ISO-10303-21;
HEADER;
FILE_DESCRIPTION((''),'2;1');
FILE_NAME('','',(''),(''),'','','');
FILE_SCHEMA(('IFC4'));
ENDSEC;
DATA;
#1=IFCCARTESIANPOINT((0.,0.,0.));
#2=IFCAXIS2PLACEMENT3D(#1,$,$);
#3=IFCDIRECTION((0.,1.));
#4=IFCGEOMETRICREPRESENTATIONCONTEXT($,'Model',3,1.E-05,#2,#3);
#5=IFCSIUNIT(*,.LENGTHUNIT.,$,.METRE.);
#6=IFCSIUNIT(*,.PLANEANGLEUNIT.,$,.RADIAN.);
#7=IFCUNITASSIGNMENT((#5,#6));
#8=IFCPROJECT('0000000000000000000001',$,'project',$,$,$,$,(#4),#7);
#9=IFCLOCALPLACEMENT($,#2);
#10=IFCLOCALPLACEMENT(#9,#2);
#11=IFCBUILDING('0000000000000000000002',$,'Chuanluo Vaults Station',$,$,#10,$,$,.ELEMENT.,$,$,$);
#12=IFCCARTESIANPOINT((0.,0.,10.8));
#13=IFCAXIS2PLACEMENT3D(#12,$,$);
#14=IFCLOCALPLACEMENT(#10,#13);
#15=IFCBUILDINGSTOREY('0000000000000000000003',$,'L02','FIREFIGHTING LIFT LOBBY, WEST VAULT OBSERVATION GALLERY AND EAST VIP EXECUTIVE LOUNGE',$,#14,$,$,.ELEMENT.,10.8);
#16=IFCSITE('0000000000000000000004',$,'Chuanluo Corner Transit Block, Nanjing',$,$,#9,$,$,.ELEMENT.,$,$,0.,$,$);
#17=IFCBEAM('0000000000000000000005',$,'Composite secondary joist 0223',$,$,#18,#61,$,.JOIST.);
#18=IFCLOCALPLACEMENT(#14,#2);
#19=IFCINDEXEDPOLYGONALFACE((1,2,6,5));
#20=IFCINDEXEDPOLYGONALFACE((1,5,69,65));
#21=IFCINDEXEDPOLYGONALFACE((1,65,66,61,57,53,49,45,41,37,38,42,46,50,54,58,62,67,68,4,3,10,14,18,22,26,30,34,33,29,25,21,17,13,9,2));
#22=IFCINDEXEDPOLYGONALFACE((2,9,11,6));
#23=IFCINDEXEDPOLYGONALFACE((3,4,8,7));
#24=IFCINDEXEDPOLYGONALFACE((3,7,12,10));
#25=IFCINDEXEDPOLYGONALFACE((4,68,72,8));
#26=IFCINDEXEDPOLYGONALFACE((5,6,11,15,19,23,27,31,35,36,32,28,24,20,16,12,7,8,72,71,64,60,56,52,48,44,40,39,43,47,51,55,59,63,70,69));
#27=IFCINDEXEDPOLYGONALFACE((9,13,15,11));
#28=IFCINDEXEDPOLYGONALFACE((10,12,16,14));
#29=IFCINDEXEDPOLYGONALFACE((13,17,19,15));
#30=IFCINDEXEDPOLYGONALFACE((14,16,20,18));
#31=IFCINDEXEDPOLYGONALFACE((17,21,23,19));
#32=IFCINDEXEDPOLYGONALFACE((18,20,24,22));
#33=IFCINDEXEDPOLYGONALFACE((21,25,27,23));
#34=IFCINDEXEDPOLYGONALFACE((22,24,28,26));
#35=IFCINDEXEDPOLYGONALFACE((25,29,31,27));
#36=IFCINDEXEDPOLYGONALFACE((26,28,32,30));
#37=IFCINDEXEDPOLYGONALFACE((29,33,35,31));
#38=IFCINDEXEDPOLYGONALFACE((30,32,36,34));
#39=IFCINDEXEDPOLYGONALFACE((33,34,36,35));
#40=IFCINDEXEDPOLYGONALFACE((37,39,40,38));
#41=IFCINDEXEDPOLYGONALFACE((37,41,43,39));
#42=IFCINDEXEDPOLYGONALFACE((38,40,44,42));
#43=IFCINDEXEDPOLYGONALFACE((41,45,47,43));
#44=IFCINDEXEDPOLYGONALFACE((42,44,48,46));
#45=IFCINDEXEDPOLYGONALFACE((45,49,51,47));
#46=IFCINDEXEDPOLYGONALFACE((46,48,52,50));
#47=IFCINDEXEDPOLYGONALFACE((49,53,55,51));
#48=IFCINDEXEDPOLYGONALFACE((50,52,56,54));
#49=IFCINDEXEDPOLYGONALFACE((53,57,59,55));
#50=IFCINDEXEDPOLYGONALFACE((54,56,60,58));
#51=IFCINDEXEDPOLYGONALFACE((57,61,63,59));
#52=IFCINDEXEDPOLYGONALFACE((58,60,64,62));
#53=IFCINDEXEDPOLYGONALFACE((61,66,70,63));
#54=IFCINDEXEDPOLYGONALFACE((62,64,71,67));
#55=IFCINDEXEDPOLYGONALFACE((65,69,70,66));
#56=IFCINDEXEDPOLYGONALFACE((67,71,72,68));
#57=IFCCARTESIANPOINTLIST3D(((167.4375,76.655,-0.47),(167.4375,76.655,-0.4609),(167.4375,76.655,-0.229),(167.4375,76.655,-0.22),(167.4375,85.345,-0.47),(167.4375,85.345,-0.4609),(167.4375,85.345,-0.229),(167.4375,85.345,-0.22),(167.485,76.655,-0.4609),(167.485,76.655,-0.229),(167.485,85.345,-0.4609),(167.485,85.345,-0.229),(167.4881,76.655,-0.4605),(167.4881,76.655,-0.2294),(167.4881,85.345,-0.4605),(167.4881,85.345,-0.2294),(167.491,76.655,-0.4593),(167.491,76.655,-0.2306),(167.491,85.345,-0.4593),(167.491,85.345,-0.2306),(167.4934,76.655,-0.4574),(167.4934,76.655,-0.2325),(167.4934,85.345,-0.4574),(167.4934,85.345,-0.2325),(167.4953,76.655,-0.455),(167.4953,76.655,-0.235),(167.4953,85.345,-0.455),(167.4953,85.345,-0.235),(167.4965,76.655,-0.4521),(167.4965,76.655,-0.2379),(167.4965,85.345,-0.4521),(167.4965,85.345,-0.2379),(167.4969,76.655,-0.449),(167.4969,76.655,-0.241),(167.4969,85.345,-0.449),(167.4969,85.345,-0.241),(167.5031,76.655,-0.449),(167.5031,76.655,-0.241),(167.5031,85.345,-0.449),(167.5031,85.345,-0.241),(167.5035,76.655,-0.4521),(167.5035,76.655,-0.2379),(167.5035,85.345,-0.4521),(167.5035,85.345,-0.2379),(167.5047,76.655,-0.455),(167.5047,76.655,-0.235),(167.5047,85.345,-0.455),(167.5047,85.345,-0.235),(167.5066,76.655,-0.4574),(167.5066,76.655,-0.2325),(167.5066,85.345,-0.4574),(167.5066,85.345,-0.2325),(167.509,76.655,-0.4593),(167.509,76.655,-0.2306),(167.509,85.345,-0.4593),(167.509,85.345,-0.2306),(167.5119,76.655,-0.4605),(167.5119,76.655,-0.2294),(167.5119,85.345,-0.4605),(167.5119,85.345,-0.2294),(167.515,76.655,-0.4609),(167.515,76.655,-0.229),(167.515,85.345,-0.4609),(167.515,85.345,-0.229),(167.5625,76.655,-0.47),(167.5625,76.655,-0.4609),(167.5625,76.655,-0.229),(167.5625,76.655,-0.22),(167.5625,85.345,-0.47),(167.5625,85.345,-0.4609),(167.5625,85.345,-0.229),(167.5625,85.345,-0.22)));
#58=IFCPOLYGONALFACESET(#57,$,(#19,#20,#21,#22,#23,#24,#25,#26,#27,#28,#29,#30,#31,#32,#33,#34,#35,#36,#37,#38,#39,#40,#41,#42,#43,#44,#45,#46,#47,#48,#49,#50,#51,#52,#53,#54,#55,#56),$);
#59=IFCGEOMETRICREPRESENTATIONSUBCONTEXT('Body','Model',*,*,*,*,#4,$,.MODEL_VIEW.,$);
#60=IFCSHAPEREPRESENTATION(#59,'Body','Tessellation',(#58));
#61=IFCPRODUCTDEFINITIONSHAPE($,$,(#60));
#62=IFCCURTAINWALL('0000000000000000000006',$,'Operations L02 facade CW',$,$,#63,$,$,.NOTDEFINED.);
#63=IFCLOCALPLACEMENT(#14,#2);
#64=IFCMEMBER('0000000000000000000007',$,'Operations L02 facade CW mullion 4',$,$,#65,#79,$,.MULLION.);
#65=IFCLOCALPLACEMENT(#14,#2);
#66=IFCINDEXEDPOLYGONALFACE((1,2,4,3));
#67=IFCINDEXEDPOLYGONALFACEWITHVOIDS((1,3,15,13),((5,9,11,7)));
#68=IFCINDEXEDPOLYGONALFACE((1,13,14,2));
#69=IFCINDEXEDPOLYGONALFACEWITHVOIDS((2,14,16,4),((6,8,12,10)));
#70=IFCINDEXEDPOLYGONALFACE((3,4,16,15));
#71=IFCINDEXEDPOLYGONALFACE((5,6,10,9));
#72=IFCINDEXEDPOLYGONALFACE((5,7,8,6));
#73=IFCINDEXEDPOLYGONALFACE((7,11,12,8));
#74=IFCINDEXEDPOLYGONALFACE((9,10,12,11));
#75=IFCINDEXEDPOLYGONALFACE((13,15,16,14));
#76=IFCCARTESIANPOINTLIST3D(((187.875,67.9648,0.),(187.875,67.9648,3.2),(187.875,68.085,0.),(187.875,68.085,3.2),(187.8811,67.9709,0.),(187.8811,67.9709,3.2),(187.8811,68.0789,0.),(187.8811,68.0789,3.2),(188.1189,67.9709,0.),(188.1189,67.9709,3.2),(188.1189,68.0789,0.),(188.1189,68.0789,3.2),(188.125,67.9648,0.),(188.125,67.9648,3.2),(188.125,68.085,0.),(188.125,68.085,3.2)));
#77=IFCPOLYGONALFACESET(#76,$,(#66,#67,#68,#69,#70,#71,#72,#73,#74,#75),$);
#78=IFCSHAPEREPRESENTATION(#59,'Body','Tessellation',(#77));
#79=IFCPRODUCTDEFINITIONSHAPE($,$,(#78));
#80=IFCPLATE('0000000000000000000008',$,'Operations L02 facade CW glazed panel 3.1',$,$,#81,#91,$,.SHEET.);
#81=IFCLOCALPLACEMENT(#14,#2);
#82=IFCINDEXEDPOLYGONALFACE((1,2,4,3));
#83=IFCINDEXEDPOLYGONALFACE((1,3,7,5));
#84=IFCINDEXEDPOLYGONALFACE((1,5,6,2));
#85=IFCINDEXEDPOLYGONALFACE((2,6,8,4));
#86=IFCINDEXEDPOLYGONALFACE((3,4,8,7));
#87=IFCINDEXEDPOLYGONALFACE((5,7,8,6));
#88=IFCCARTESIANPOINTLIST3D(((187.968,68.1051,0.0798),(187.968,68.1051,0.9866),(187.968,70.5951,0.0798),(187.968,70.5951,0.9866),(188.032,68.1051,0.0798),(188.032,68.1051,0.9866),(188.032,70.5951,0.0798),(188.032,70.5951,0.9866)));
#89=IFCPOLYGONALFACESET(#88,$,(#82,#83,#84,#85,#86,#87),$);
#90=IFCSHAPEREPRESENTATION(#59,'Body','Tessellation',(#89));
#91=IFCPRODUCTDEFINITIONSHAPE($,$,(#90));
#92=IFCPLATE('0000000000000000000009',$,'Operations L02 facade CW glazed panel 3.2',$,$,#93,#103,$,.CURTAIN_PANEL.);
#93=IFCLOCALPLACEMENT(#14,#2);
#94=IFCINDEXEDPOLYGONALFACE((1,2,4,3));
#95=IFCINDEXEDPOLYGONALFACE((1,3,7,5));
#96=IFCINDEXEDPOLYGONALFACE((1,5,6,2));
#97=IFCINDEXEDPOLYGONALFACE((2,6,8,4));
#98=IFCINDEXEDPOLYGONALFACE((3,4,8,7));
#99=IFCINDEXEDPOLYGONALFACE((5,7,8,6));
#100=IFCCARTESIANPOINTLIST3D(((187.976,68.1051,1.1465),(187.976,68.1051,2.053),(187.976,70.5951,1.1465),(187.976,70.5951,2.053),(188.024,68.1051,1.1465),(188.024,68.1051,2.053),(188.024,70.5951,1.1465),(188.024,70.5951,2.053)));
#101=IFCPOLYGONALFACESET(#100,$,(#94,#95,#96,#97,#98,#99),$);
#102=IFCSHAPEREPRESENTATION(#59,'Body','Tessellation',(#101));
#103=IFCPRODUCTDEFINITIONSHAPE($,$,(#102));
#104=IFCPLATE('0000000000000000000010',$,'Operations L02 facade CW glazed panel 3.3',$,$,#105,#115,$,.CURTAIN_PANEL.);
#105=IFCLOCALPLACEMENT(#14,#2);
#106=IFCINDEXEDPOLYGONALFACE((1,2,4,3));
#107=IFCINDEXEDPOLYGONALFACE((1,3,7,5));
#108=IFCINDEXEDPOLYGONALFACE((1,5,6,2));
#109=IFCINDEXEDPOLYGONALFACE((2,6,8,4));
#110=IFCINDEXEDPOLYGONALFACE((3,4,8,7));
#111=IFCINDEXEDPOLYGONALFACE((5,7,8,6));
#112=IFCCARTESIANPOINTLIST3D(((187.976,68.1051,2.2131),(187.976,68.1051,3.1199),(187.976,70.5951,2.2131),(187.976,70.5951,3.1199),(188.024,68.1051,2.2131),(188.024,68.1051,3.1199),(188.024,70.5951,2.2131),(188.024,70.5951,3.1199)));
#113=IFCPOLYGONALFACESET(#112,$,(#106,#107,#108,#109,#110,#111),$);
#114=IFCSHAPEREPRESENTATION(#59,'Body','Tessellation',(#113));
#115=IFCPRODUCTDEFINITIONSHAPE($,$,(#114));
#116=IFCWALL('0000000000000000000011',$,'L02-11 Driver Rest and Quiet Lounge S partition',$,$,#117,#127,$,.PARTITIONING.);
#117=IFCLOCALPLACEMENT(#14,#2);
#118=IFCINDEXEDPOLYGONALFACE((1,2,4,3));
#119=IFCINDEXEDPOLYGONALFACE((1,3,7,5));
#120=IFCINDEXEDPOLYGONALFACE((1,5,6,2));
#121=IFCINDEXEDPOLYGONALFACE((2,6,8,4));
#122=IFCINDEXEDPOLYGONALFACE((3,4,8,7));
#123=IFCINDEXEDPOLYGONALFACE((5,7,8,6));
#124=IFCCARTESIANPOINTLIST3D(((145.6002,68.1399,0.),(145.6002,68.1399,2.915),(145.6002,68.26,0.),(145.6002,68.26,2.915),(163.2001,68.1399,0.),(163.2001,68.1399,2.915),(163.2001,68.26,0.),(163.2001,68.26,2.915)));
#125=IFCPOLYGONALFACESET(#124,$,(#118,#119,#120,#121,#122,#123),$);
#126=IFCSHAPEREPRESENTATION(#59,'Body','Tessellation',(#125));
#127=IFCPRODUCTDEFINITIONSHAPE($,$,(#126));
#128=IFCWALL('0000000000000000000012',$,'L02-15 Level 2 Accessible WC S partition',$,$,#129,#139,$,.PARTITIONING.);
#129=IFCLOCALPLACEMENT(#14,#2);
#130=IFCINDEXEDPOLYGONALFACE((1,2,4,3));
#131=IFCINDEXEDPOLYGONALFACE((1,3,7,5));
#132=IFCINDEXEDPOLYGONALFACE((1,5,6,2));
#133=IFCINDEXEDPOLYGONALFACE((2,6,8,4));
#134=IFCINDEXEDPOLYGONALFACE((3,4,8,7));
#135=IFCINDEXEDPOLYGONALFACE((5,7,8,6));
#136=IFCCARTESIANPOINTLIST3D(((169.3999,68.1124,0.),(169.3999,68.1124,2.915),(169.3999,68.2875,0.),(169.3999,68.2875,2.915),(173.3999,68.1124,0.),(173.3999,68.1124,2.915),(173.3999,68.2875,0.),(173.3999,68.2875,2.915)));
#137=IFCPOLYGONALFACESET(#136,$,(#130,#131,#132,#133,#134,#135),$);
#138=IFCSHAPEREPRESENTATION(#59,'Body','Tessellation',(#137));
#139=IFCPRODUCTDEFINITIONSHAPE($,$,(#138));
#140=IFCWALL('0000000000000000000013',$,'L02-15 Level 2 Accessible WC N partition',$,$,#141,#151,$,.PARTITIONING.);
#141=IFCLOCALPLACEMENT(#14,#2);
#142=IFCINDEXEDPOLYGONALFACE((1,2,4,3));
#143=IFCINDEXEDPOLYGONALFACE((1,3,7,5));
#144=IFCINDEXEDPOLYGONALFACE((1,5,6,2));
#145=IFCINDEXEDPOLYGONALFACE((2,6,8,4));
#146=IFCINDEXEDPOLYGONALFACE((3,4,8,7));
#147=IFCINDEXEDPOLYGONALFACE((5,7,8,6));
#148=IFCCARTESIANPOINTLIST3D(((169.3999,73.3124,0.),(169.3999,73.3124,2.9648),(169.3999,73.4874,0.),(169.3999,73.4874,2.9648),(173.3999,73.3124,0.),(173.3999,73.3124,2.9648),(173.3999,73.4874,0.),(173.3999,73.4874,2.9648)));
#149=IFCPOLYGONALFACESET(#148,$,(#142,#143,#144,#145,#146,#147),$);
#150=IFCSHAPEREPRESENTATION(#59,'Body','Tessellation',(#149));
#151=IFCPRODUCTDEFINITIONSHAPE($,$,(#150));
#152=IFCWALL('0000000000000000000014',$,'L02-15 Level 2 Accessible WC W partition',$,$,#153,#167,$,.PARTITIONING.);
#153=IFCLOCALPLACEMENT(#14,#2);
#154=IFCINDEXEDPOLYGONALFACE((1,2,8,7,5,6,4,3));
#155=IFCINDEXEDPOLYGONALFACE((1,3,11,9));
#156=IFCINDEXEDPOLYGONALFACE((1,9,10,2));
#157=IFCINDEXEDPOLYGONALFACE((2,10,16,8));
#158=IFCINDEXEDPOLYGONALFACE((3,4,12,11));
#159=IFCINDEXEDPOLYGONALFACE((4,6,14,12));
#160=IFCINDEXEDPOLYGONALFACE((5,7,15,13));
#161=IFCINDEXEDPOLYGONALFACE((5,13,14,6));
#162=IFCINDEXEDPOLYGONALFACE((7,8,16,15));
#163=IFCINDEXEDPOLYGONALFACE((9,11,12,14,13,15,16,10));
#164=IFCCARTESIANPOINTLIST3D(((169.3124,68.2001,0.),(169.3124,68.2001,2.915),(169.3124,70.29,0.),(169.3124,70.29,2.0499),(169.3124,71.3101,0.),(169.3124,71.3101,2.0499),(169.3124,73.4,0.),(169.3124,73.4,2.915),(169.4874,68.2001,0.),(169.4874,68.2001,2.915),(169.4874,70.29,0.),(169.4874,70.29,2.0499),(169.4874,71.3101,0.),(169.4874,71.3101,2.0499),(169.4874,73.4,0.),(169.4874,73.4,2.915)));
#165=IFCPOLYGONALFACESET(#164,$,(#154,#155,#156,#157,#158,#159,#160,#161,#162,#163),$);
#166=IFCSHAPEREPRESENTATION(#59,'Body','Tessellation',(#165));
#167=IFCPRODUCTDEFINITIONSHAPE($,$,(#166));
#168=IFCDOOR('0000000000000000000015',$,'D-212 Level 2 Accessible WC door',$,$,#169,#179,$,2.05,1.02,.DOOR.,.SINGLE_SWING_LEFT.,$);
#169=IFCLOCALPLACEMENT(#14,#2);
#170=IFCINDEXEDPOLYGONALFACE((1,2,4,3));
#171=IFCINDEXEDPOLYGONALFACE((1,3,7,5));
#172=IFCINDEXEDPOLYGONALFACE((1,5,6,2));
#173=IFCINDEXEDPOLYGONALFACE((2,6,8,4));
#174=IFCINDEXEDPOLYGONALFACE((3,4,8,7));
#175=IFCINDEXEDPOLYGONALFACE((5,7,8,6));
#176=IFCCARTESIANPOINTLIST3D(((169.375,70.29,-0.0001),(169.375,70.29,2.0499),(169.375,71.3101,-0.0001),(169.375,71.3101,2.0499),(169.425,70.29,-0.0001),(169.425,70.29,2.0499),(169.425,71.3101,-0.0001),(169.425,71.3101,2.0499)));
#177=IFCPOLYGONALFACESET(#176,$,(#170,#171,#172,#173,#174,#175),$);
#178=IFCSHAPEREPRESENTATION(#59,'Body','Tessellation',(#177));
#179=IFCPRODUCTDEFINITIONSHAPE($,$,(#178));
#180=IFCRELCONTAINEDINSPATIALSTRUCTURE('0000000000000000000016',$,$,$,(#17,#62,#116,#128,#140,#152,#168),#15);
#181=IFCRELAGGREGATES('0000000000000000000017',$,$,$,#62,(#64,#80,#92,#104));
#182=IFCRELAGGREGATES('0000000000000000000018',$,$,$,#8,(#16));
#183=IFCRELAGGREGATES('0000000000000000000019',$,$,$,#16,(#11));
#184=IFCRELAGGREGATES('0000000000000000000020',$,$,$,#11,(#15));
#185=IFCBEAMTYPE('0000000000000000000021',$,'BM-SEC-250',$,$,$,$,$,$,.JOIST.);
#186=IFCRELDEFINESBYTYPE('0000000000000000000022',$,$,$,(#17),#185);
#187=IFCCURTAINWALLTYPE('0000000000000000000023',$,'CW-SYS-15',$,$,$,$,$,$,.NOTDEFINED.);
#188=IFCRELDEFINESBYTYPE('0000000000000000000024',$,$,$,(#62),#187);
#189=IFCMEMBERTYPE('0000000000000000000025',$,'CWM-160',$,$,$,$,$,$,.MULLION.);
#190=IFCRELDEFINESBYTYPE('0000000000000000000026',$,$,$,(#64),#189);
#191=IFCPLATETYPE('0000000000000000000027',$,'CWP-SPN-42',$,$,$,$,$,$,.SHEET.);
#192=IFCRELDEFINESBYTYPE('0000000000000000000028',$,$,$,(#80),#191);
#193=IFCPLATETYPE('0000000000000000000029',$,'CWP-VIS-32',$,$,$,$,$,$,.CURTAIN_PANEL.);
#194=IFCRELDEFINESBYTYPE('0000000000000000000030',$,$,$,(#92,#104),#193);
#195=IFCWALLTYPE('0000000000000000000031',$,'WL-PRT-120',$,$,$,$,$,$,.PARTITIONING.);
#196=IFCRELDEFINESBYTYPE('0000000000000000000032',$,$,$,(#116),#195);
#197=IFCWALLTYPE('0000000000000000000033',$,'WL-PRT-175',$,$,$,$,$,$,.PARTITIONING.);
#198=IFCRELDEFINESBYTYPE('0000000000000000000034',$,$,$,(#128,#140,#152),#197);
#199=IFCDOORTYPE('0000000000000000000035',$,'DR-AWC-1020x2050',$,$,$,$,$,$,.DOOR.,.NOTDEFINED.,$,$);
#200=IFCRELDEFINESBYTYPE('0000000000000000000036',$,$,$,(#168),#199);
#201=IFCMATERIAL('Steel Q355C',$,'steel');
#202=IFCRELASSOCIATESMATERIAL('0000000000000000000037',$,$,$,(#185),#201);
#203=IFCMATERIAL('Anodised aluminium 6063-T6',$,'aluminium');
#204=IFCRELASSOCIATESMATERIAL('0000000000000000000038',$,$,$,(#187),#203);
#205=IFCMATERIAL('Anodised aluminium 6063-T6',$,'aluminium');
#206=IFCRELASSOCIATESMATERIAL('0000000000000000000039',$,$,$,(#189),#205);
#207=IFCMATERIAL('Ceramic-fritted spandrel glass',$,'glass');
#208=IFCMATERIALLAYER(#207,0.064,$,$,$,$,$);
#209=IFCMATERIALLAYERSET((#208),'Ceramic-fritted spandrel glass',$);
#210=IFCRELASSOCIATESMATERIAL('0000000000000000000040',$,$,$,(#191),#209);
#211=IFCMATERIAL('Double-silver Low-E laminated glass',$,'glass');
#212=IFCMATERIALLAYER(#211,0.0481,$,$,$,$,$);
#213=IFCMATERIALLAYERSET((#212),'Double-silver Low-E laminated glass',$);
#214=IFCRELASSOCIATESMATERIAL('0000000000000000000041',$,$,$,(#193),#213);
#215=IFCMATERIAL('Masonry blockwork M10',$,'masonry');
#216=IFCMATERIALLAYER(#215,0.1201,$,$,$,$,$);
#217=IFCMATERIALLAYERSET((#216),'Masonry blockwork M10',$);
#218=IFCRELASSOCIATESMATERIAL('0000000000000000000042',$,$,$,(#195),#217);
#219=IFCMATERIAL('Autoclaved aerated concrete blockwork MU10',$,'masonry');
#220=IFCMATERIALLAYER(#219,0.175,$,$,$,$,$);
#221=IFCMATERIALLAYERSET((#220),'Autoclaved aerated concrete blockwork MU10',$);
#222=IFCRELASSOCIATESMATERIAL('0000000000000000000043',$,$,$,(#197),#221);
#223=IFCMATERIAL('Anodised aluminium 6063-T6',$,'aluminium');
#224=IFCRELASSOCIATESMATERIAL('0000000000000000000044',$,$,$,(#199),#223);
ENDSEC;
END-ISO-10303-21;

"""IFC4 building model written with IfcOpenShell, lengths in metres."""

from ifc_helpers import new_model, si_unit, direction, frame, frame_2d, origin, origin_2d, place, context, subcontext, project, spatial, rectangle, hollow_rectangle, i_section, extrude, material, layer, layer_set, material_profile, profile_set, type_object, element, fill, aggregate, save


model = new_model("IFC4")

# Units and contexts
model_context = context("Model", 3, precision=1e-05, world=origin(), true_north=direction((0.0, 1.0)))
body_context = subcontext(model_context, "Body", "Model", "MODEL_VIEW")
ifc_project = project(units=[si_unit("LENGTHUNIT", "METRE"), si_unit("PLANEANGLEUNIT", "RADIAN")], contexts=[model_context])

# Site, building, storey
site_placement = place(None, origin())
site = spatial("IfcSite", under=ifc_project, at=site_placement, Name="Chuanluo Corner Transit Block, Nanjing", CompositionType="ELEMENT", RefElevation=0.0)
building_placement = place(site_placement, origin())
building = spatial("IfcBuilding", under=site, at=building_placement, Name="Chuanluo Vaults Station", CompositionType="ELEMENT")
storey_placement = place(building_placement, frame((0.0, 0.0, 10.8)))
storey = spatial("IfcBuildingStorey", under=building, at=storey_placement, Name="L02", Description="FIREFIGHTING LIFT LOBBY, WEST VAULT OBSERVATION GALLERY AND EAST VIP EXECUTIVE LOUNGE", CompositionType="ELEMENT", Elevation=10.8)

# Beam
ifc_material_1 = material(Name="Steel Q355C", Category="steel")
ifc_material_profile_1 = material_profile(ifc_material_1, i_section(OverallWidth=0.125, OverallDepth=0.25, WebThickness=0.0061, FlangeThickness=0.009, FilletRadius=0.012, at=origin_2d()))
ifc_profile_set_1 = profile_set([ifc_material_profile_1], Name="Steel Q355C")
beam_type_1 = type_object("IfcBeamType", Name="BM-SEC-250", PredefinedType="JOIST", material=ifc_profile_set_1)
for number, where, z_axis, x_axis, name in (
    (1, (167.5, 76.655, -0.345), (0.0, 1.0, 0.0), (-1.0, 0.0, 0.0), "Composite secondary joist 0223"),
):
    element("IfcBeam", number, at=place(storey_placement, frame(where, z_axis=z_axis, x_axis=x_axis)), inside=storey, type_object=beam_type_1, Name=name, PredefinedType="JOIST", context=body_context, shape_type="SweptSolid", body=[
        extrude(i_section(OverallWidth=0.125, OverallDepth=0.25, WebThickness=0.0061, FlangeThickness=0.009, FilletRadius=0.012, at=origin_2d()), origin(), (0.0, 0.0, 1.0), 8.6899),
    ])

# Curtain wall, member, plates
ifc_material_2 = material(Name="Anodised aluminium 6063-T6", Category="aluminium")
curtain_wall_type = type_object("IfcCurtainWallType", Name="CW-SYS-15", PredefinedType="NOTDEFINED", material=ifc_material_2)
curtain_wall_placement = place(storey_placement, origin())
curtain_wall = element("IfcCurtainWall", 2, at=curtain_wall_placement, inside=storey, type_object=curtain_wall_type, Name="Operations L02 facade CW", PredefinedType="NOTDEFINED")
ifc_material_3 = material(Name="Anodised aluminium 6063-T6", Category="aluminium")
ifc_material_profile_2 = material_profile(ifc_material_3, hollow_rectangle(XDim=0.1201, YDim=0.25, WallThickness=0.0061, at=origin_2d()))
ifc_profile_set_2 = profile_set([ifc_material_profile_2], Name="Anodised aluminium 6063-T6")
member_type = type_object("IfcMemberType", Name="CWM-160", PredefinedType="MULLION", material=ifc_profile_set_2)
member_placement = place(storey_placement, frame((188.0, 68.0249, 0.0), z_axis=(0.0, 0.0, 1.0), x_axis=(0.0, -1.0, 0.0)))
member = element("IfcMember", 3, at=member_placement, type_object=member_type, Name="Operations L02 facade CW mullion 4", PredefinedType="MULLION", context=body_context, shape_type="SweptSolid", body=[
    extrude(hollow_rectangle(XDim=0.1201, YDim=0.25, WallThickness=0.0061, at=origin_2d()), origin(), (0.0, 0.0, 1.0), 3.2),
])
ifc_material_4 = material(Name="Ceramic-fritted spandrel glass", Category="glass")
ifc_layer_1 = layer(ifc_material_4, 0.064)
ifc_layer_set_1 = layer_set([ifc_layer_1], Name="Ceramic-fritted spandrel glass")
plate_type_1 = type_object("IfcPlateType", Name="CWP-SPN-42", PredefinedType="SHEET", material=ifc_layer_set_1)
plate_1_placement = place(storey_placement, frame((188.0, 69.3501, 0.0798), z_axis=(0.0, 0.0, 1.0), x_axis=(0.0, -1.0, 0.0)))
plate_1 = element("IfcPlate", 4, at=plate_1_placement, type_object=plate_type_1, Name="Operations L02 facade CW glazed panel 3.1", PredefinedType="SHEET", context=body_context, shape_type="SweptSolid", body=[
    extrude(rectangle(XDim=2.49, YDim=0.064, at=origin_2d()), origin(), (0.0, 0.0, 1.0), 0.9067),
])
ifc_material_5 = material(Name="Double-silver Low-E laminated glass", Category="glass")
ifc_layer_2 = layer(ifc_material_5, 0.0481)
ifc_layer_set_2 = layer_set([ifc_layer_2], Name="Double-silver Low-E laminated glass")
plate_type_2 = type_object("IfcPlateType", Name="CWP-VIS-32", PredefinedType="CURTAIN_PANEL", material=ifc_layer_set_2)
plate_2_placement = place(storey_placement, frame((188.0, 69.3501, 1.1465), z_axis=(0.0, 0.0, 1.0), x_axis=(0.0, -1.0, 0.0)))
plate_2 = element("IfcPlate", 5, at=plate_2_placement, type_object=plate_type_2, Name="Operations L02 facade CW glazed panel 3.2", PredefinedType="CURTAIN_PANEL", context=body_context, shape_type="SweptSolid", body=[
    extrude(rectangle(XDim=2.49, YDim=0.0481, at=origin_2d()), origin(), (0.0, 0.0, 1.0), 0.9065),
])
plate_3_placement = place(storey_placement, frame((188.0, 69.3501, 2.2131), z_axis=(0.0, 0.0, 1.0), x_axis=(0.0, -1.0, 0.0)))
plate_3 = element("IfcPlate", 6, at=plate_3_placement, type_object=plate_type_2, Name="Operations L02 facade CW glazed panel 3.3", PredefinedType="CURTAIN_PANEL", context=body_context, shape_type="SweptSolid", body=[
    extrude(rectangle(XDim=2.49, YDim=0.0481, at=origin_2d()), origin(), (0.0, 0.0, 1.0), 0.9067),
])
aggregate(curtain_wall, [member, plate_1, plate_2, plate_3])

# Walls
ifc_material_6 = material(Name="Masonry blockwork M10", Category="masonry")
ifc_layer_3 = layer(ifc_material_6, 0.1201)
ifc_layer_set_3 = layer_set([ifc_layer_3], Name="Masonry blockwork M10")
wall_type_1 = type_object("IfcWallType", Name="WL-PRT-120", PredefinedType="PARTITIONING", material=ifc_layer_set_3)
wall_1_placement = place(storey_placement, frame((163.2, 68.2, 0.0), z_axis=(0.0, 0.0, 1.0), x_axis=(-1.0, 0.0, 0.0)))
element("IfcWall", 7, at=wall_1_placement, inside=storey, type_object=wall_type_1, Name="L02-11 Driver Rest and Quiet Lounge S partition", PredefinedType="PARTITIONING", context=body_context, shape_type="SweptSolid", body=[
    extrude(rectangle(XDim=17.5999, YDim=0.1201, at=frame_2d((8.7998, 0.0))), origin(), (0.0, 0.0, 1.0), 2.915),
])
ifc_material_7 = material(Name="Autoclaved aerated concrete blockwork MU10", Category="masonry")
ifc_layer_4 = layer(ifc_material_7, 0.175)
ifc_layer_set_4 = layer_set([ifc_layer_4], Name="Autoclaved aerated concrete blockwork MU10")
wall_type_2 = type_object("IfcWallType", Name="WL-PRT-175", PredefinedType="PARTITIONING", material=ifc_layer_set_4)
wall_2_placement = place(storey_placement, frame((173.3999, 68.2, 0.0), z_axis=(0.0, 0.0, 1.0), x_axis=(-1.0, 0.0, 0.0)))
element("IfcWall", 8, at=wall_2_placement, inside=storey, type_object=wall_type_2, Name="L02-15 Level 2 Accessible WC S partition", PredefinedType="PARTITIONING", context=body_context, shape_type="SweptSolid", body=[
    extrude(rectangle(XDim=4.0, YDim=0.175, at=frame_2d((2.0, 0.0))), origin(), (0.0, 0.0, 1.0), 2.915),
])
wall_3_placement = place(storey_placement, frame((169.3999, 73.3999, 0.0), z_axis=(0.0, 0.0, 1.0), x_axis=(1.0, 0.0, 0.0)))
element("IfcWall", 9, at=wall_3_placement, inside=storey, type_object=wall_type_2, Name="L02-15 Level 2 Accessible WC N partition", PredefinedType="PARTITIONING", context=body_context, shape_type="SweptSolid", body=[
    extrude(rectangle(XDim=4.0, YDim=0.175, at=frame_2d((2.0, 0.0))), origin(), (0.0, 0.0, 1.0), 2.9648),
])

# Wall, opening, door
wall_4_placement = place(storey_placement, frame((169.3999, 68.2, 0.0), z_axis=(0.0, 0.0, 1.0), x_axis=(0.0, 1.0, 0.0)))
wall_4 = element("IfcWall", 10, at=wall_4_placement, inside=storey, type_object=wall_type_2, Name="L02-15 Level 2 Accessible WC W partition", PredefinedType="PARTITIONING", context=body_context, shape_type="SweptSolid", body=[
    extrude(rectangle(XDim=5.2, YDim=0.175, at=frame_2d((2.6001, 0.0))), origin(), (0.0, 0.0, 1.0), 2.915),
])
opening_1_placement = place(wall_4_placement, frame((2.0901, 0.0, 0.0)))
opening_1 = element("IfcOpeningElement", 11, at=opening_1_placement, cuts=wall_4, PredefinedType="OPENING", context=body_context, shape_type="SweptSolid", body=[
    extrude(rectangle(XDim=1.02, YDim=2.05, at=frame_2d((0.51, 1.0249))), frame((0.0, 0.0974, 0.0), z_axis=(0.0, -1.0, 0.0), x_axis=(1.0, 0.0, 0.0)), (0.0, 0.0, 1.0), 0.1951),
])
ifc_material_8 = material(Name="Anodised aluminium 6063-T6", Category="aluminium")
door_type_1 = type_object("IfcDoorType", Name="DR-AWC-1020x2050", OperationType="NOTDEFINED", PredefinedType="DOOR", material=ifc_material_8)
door_1_placement = place(opening_1_placement, origin())
door_1 = element("IfcDoor", 12, at=door_1_placement, inside=storey, type_object=door_type_1, Name="D-212 Level 2 Accessible WC door", OperationType="SINGLE_SWING_LEFT", OverallHeight=2.05, OverallWidth=1.02, PredefinedType="DOOR", context=body_context, shape_type="SweptSolid", body=[
    extrude(rectangle(XDim=1.02, YDim=2.05, at=frame_2d((0.51, 1.0249))), frame((0.0, 0.0249, 0.0), z_axis=(0.0, -1.0, 0.0), x_axis=(1.0, 0.0, 0.0)), (0.0, 0.0, 1.0), 0.05),
])
fill(opening_1, door_1)

save(model, "model.ifc")
